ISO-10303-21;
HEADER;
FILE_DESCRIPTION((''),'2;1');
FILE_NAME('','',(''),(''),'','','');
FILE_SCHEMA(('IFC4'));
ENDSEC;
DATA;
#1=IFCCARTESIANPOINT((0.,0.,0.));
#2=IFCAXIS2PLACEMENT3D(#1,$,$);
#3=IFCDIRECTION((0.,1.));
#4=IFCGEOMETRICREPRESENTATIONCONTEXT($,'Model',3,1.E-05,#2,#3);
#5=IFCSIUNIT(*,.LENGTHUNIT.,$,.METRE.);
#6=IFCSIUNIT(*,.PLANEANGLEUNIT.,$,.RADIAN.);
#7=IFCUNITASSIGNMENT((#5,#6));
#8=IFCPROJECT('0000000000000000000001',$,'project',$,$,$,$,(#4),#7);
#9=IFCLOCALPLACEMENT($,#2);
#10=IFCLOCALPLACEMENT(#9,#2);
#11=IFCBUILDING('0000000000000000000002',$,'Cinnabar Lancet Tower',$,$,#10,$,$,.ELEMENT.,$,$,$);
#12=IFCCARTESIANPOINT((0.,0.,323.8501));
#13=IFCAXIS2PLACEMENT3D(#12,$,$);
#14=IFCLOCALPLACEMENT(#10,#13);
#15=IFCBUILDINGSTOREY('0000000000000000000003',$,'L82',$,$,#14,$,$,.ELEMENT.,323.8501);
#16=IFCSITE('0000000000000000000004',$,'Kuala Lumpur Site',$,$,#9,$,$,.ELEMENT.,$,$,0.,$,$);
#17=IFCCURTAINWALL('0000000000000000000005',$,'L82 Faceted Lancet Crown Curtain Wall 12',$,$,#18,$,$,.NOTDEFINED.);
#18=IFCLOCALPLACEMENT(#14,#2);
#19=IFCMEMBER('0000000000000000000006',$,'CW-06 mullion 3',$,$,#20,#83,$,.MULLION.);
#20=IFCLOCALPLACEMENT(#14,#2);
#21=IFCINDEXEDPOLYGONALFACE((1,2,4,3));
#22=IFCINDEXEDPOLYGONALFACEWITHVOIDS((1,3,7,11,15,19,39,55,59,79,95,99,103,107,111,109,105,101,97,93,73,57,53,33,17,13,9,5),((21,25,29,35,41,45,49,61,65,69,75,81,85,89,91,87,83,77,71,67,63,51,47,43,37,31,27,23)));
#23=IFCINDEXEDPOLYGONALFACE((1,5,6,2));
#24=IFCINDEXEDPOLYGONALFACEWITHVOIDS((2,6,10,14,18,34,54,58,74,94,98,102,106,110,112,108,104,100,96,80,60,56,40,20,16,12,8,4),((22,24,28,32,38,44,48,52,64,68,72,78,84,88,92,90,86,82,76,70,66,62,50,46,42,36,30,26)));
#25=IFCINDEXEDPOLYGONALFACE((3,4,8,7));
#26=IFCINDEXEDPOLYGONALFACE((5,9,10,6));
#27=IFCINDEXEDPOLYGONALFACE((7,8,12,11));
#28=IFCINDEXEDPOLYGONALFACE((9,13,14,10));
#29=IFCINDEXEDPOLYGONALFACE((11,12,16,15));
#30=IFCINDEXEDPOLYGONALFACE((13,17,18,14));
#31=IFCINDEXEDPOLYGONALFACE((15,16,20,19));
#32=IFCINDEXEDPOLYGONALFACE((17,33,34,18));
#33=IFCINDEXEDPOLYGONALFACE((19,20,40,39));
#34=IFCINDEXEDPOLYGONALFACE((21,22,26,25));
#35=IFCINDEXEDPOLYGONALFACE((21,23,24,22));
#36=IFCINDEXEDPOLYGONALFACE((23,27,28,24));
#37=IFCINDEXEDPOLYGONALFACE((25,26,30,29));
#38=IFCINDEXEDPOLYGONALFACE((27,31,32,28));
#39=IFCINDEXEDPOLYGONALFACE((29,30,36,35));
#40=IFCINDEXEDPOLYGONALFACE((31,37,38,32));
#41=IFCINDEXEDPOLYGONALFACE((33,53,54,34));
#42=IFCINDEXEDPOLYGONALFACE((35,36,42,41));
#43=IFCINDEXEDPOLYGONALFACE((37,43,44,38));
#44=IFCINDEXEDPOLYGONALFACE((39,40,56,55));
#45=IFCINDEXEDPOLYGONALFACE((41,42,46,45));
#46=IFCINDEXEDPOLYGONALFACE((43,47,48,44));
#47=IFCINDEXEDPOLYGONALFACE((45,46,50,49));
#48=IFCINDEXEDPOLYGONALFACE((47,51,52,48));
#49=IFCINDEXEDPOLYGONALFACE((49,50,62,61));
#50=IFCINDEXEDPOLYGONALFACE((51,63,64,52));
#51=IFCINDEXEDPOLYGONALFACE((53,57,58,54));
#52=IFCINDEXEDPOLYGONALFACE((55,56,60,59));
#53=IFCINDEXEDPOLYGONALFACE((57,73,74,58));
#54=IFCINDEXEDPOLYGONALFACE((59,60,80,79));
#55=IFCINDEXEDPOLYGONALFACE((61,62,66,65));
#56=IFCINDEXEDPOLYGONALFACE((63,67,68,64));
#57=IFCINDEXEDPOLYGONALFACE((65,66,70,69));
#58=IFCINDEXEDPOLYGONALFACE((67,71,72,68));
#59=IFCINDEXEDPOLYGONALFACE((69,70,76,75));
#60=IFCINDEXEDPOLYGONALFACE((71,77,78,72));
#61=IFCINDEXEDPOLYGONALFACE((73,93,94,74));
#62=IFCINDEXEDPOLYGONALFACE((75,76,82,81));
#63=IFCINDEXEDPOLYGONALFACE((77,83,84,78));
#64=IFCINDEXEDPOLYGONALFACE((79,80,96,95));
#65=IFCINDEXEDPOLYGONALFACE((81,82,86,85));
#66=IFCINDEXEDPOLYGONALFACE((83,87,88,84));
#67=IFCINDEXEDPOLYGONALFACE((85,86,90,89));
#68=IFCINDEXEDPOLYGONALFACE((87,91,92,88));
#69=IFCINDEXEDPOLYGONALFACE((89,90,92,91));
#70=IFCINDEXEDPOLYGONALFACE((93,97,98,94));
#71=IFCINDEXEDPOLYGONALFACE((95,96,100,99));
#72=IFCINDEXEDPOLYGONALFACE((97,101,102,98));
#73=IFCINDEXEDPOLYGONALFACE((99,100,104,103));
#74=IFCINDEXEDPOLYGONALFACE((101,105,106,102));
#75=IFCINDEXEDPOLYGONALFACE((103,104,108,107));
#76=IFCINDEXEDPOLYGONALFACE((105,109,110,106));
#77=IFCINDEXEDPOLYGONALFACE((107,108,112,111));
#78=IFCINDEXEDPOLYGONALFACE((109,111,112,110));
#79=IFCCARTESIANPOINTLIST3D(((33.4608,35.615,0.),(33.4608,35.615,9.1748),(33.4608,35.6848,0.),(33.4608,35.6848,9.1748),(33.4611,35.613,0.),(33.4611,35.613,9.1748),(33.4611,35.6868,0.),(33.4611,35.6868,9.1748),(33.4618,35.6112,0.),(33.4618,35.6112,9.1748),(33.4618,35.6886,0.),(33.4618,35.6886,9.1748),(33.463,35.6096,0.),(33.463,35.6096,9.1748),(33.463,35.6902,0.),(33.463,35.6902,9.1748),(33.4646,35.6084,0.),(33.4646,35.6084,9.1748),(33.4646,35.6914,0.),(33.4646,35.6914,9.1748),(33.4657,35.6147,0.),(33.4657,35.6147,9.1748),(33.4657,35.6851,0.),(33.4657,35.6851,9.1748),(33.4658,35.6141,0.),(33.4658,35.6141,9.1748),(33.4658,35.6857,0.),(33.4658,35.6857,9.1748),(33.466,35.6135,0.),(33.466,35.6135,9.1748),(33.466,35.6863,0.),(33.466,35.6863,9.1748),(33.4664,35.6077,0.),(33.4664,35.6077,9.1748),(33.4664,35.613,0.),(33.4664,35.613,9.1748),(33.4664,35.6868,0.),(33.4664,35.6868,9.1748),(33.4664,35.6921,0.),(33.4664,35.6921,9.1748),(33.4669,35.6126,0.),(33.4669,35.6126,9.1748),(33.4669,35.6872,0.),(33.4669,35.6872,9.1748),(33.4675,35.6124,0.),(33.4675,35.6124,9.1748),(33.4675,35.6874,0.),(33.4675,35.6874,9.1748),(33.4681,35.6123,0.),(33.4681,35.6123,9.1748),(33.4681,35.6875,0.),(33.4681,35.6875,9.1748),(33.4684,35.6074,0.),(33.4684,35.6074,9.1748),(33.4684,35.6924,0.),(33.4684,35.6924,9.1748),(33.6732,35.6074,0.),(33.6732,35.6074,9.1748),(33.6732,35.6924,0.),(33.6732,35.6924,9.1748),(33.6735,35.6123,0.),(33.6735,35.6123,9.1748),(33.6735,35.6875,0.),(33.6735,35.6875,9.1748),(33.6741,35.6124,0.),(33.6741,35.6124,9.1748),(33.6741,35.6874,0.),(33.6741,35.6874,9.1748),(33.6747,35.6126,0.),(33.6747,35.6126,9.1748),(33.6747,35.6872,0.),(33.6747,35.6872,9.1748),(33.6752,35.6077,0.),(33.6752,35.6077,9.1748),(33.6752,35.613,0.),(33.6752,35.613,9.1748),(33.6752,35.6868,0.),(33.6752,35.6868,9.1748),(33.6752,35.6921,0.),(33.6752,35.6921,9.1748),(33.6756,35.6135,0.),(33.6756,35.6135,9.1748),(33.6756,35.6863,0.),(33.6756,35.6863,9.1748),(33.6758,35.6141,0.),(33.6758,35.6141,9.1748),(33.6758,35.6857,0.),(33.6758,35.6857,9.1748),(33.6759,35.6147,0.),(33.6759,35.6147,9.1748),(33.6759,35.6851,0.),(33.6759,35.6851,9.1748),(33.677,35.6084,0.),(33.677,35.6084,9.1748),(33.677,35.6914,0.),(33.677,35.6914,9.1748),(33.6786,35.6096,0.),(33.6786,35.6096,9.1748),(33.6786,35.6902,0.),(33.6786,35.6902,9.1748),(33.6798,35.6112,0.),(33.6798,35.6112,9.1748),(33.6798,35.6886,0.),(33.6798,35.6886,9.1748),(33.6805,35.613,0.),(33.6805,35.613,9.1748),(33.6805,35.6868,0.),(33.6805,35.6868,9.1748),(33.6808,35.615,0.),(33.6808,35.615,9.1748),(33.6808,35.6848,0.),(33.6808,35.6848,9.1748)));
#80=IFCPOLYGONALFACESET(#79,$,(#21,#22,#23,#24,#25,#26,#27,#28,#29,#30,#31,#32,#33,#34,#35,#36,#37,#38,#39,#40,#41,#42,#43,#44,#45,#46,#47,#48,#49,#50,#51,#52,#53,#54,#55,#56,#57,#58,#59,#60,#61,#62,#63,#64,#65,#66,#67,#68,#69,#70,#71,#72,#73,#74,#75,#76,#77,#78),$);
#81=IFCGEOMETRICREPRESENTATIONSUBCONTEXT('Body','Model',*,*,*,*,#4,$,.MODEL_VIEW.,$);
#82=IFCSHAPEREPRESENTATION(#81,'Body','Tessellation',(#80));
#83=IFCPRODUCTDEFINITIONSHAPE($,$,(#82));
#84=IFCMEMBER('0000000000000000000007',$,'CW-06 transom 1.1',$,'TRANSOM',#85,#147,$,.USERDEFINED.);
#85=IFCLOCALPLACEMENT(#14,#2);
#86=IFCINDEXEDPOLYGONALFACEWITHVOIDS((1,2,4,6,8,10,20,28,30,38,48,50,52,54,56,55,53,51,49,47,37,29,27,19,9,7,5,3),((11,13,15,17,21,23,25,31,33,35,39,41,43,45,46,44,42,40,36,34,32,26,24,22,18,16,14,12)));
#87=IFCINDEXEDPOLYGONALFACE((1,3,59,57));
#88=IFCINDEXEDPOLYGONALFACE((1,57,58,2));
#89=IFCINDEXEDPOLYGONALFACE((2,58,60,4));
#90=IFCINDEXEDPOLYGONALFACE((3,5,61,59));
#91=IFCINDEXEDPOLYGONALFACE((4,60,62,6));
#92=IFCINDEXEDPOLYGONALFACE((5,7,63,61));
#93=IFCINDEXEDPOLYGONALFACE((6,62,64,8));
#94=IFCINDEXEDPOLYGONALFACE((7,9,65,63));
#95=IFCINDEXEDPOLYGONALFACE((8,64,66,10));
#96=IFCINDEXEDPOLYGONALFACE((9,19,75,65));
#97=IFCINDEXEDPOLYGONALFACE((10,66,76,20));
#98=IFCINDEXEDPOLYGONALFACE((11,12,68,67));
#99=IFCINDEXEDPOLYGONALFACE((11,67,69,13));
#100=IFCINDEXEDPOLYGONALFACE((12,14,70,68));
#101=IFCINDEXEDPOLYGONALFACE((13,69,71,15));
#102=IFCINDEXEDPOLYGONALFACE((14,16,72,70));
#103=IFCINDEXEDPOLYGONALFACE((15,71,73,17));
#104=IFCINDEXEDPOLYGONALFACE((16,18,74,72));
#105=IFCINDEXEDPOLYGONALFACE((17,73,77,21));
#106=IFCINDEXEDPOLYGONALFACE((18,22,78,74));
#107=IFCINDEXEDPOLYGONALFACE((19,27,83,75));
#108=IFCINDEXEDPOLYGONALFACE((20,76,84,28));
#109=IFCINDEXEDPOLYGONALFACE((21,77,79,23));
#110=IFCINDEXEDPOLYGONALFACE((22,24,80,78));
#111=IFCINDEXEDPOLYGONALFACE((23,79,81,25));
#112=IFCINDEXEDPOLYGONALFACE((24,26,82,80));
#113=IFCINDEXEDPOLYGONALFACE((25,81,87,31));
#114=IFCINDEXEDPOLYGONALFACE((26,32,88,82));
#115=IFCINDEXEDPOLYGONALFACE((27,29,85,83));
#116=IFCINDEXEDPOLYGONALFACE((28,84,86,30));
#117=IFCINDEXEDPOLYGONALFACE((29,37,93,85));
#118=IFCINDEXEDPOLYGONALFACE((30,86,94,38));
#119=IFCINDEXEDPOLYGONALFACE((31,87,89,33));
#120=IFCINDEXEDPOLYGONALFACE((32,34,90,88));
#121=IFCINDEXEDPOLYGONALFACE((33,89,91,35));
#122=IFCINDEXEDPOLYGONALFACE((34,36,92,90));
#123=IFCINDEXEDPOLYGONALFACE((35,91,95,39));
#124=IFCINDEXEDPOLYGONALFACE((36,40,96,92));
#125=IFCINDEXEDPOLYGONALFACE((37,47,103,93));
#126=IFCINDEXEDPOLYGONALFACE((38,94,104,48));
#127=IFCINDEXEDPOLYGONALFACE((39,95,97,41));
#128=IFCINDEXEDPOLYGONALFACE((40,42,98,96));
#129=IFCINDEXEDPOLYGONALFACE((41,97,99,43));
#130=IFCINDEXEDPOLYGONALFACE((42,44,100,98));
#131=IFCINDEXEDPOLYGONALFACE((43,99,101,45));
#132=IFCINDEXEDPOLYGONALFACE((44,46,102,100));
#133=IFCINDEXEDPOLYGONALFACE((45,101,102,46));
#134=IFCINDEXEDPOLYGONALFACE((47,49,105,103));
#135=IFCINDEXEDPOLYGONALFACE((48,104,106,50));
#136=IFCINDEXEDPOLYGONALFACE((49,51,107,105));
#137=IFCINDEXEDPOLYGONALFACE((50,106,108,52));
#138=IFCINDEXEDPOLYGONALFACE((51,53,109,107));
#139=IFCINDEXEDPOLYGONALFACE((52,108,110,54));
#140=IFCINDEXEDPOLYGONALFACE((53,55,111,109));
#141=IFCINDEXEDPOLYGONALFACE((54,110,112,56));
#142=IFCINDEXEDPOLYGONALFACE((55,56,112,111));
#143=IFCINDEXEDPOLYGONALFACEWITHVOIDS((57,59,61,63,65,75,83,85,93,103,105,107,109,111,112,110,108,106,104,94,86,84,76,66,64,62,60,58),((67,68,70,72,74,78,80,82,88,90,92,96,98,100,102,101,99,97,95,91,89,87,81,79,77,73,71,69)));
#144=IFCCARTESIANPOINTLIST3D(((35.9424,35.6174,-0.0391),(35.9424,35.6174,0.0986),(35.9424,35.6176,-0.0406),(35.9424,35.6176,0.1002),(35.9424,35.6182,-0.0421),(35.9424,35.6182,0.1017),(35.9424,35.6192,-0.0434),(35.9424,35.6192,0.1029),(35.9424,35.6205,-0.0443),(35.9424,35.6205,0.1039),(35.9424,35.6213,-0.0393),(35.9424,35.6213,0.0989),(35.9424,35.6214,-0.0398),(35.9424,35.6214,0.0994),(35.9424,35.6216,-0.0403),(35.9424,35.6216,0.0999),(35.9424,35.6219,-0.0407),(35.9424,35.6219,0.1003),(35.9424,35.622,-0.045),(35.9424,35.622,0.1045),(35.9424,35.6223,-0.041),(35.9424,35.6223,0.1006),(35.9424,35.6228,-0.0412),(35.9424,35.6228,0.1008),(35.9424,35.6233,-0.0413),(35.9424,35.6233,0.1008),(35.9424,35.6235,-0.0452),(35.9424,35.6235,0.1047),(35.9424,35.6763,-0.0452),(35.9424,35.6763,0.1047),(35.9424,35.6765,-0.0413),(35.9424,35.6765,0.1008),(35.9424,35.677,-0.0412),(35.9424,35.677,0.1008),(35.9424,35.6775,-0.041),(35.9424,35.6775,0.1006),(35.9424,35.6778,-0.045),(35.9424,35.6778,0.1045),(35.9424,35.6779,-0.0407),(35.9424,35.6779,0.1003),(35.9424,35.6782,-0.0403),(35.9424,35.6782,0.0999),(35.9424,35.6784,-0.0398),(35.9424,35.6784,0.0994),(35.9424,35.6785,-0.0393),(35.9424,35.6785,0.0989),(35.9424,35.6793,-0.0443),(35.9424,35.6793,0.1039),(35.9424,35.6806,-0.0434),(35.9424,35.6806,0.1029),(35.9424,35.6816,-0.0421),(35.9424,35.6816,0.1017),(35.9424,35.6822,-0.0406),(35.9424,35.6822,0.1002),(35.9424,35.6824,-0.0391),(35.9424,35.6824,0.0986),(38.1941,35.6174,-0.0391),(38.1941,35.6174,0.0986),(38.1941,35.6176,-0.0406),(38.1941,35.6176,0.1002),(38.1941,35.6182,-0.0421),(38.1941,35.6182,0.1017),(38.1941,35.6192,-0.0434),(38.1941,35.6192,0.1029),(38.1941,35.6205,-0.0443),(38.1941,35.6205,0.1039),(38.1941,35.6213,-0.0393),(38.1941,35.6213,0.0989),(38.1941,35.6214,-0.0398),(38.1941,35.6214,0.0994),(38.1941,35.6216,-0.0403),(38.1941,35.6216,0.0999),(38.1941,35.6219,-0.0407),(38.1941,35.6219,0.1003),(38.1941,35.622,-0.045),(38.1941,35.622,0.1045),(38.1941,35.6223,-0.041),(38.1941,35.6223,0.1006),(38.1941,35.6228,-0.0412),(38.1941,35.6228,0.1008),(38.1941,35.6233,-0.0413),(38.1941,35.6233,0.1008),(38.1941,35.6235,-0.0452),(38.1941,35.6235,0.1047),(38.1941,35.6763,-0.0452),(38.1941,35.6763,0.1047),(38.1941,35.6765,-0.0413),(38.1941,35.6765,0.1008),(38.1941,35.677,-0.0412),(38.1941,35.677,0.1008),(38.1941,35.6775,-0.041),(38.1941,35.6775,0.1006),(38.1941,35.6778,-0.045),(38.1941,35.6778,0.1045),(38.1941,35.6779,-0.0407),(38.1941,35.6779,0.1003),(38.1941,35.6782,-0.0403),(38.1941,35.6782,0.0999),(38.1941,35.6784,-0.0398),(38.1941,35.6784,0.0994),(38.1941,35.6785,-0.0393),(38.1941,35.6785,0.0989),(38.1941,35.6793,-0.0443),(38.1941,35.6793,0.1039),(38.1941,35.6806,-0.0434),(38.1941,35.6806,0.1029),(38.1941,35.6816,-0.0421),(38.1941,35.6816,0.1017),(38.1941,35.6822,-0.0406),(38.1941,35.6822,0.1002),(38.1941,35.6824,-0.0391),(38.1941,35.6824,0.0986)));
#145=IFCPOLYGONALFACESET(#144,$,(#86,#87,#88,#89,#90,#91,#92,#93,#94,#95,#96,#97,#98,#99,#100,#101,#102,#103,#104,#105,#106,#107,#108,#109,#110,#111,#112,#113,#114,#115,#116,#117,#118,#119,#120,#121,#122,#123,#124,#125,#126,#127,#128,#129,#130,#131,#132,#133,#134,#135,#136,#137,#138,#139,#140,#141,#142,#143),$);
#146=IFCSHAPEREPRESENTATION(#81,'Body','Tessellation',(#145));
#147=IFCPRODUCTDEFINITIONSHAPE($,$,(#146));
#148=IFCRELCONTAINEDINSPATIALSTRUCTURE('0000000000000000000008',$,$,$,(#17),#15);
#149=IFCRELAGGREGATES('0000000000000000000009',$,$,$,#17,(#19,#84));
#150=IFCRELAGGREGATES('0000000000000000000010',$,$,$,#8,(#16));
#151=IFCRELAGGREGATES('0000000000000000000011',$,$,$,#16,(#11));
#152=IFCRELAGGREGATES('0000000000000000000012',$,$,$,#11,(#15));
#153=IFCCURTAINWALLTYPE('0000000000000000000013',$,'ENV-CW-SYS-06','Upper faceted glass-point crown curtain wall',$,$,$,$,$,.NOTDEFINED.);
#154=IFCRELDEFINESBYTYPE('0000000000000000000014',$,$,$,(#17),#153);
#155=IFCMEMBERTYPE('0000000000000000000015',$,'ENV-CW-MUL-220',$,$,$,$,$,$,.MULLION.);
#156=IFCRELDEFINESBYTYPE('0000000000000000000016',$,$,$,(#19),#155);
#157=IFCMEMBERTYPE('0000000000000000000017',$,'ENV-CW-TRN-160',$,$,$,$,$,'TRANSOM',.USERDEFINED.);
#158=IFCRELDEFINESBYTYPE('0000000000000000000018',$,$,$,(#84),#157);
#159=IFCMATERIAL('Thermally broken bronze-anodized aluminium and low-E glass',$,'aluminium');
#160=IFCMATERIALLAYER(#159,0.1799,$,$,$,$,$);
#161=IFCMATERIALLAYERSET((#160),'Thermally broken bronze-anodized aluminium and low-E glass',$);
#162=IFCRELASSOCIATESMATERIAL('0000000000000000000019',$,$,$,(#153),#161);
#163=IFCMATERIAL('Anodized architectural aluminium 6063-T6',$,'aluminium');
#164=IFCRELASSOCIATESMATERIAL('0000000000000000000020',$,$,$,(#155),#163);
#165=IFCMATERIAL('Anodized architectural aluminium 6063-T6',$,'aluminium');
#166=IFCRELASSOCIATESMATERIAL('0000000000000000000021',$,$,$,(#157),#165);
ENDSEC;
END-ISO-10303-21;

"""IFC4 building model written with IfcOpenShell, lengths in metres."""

from ifc_helpers import new_model, si_unit, direction, frame, origin, origin_2d, place, context, subcontext, project, spatial, hollow_rectangle, extrude, material, layer, layer_set, material_profile, profile_set, type_object, element, aggregate, save


model = new_model("IFC4")

# Units and contexts
model_context = context("Model", 3, precision=1e-05, world=origin(), true_north=direction((0.0, 1.0)))
body_context = subcontext(model_context, "Body", "Model", "MODEL_VIEW")
ifc_project = project(units=[si_unit("LENGTHUNIT", "METRE"), si_unit("PLANEANGLEUNIT", "RADIAN")], contexts=[model_context])

# Site, building, storey
site_placement = place(None, origin())
site = spatial("IfcSite", under=ifc_project, at=site_placement, Name="Kuala Lumpur Site", CompositionType="ELEMENT", RefElevation=0.0)
building_placement = place(site_placement, origin())
building = spatial("IfcBuilding", under=site, at=building_placement, Name="Cinnabar Lancet Tower", CompositionType="ELEMENT")
storey_placement = place(building_placement, frame((0.0, 0.0, 323.8501)))
storey = spatial("IfcBuildingStorey", under=building, at=storey_placement, Name="L82", CompositionType="ELEMENT", Elevation=323.8501)

# Shared definitions
ifc_material_1 = material(Name="Thermally broken bronze-anodized aluminium and low-E glass", Category="aluminium")
ifc_layer_1 = layer(ifc_material_1, 0.1799)
ifc_layer_set_1 = layer_set([ifc_layer_1], Name="Thermally broken bronze-anodized aluminium and low-E glass")
curtain_wall_type = type_object("IfcCurtainWallType", Name="ENV-CW-SYS-06", Description="Upper faceted glass-point crown curtain wall", PredefinedType="NOTDEFINED", material=ifc_layer_set_1)
ifc_material_2 = material(Name="Anodized architectural aluminium 6063-T6", Category="aluminium")
ifc_material_profile_1 = material_profile(ifc_material_2, hollow_rectangle(XDim=0.085, YDim=0.22, WallThickness=0.0049, InnerFilletRadius=0.0024, OuterFilletRadius=0.0076, at=origin_2d()), Name="CW-MUL 220x85x5")
ifc_profile_set_1 = profile_set([ifc_material_profile_1], Name="Anodized architectural aluminium 6063-T6")
member_type_1 = type_object("IfcMemberType", Name="ENV-CW-MUL-220", PredefinedType="MULLION", material=ifc_profile_set_1)

# Curtain wall, members
curtain_wall_1_placement = place(storey_placement, origin())
curtain_wall_1 = element("IfcCurtainWall", 1, at=curtain_wall_1_placement, inside=storey, type_object=curtain_wall_type, Name="L82 Faceted Lancet Crown Curtain Wall 12", PredefinedType="NOTDEFINED")
member_1_placement = place(storey_placement, frame((33.5708, 35.6499, 0.0), z_axis=(0.0, 0.0, 1.0), x_axis=(0.0, -1.0, 0.0)))
member_1 = element("IfcMember", 2, at=member_1_placement, type_object=member_type_1, Name="CW-06 mullion 3", PredefinedType="MULLION", context=body_context, shape_type="SweptSolid", body=[
    extrude(hollow_rectangle(XDim=0.085, YDim=0.22, WallThickness=0.0049, InnerFilletRadius=0.0024, OuterFilletRadius=0.0076, at=origin_2d()), origin(), (0.0, 0.0, 1.0), 9.1748),
])
ifc_material_3 = material(Name="Anodized architectural aluminium 6063-T6", Category="aluminium")
ifc_material_profile_2 = material_profile(ifc_material_3, hollow_rectangle(XDim=0.0649, YDim=0.1499, WallThickness=0.0039, InnerFilletRadius=0.002, OuterFilletRadius=0.0061, at=origin_2d()), Name="CW-TRN 150x65x4")
ifc_profile_set_2 = profile_set([ifc_material_profile_2], Name="Anodized architectural aluminium 6063-T6")
member_type_2 = type_object("IfcMemberType", Name="ENV-CW-TRN-160", ElementType="TRANSOM", PredefinedType="USERDEFINED", material=ifc_profile_set_2)
member_2_placement = place(storey_placement, frame((38.1941, 35.6499, 0.0298), z_axis=(-1.0, 0.0, 0.0), x_axis=(0.0, -1.0, 0.0)))
member_2 = element("IfcMember", 3, at=member_2_placement, type_object=member_type_2, Name="CW-06 transom 1.1", ObjectType="TRANSOM", PredefinedType="USERDEFINED", context=body_context, shape_type="SweptSolid", body=[
    extrude(hollow_rectangle(XDim=0.0649, YDim=0.1499, WallThickness=0.0039, InnerFilletRadius=0.002, OuterFilletRadius=0.0061, at=origin_2d()), origin(), (0.0, 0.0, 1.0), 2.2517),
])

aggregate(curtain_wall_1, [member_1, member_2])

save(model, "model.ifc")
